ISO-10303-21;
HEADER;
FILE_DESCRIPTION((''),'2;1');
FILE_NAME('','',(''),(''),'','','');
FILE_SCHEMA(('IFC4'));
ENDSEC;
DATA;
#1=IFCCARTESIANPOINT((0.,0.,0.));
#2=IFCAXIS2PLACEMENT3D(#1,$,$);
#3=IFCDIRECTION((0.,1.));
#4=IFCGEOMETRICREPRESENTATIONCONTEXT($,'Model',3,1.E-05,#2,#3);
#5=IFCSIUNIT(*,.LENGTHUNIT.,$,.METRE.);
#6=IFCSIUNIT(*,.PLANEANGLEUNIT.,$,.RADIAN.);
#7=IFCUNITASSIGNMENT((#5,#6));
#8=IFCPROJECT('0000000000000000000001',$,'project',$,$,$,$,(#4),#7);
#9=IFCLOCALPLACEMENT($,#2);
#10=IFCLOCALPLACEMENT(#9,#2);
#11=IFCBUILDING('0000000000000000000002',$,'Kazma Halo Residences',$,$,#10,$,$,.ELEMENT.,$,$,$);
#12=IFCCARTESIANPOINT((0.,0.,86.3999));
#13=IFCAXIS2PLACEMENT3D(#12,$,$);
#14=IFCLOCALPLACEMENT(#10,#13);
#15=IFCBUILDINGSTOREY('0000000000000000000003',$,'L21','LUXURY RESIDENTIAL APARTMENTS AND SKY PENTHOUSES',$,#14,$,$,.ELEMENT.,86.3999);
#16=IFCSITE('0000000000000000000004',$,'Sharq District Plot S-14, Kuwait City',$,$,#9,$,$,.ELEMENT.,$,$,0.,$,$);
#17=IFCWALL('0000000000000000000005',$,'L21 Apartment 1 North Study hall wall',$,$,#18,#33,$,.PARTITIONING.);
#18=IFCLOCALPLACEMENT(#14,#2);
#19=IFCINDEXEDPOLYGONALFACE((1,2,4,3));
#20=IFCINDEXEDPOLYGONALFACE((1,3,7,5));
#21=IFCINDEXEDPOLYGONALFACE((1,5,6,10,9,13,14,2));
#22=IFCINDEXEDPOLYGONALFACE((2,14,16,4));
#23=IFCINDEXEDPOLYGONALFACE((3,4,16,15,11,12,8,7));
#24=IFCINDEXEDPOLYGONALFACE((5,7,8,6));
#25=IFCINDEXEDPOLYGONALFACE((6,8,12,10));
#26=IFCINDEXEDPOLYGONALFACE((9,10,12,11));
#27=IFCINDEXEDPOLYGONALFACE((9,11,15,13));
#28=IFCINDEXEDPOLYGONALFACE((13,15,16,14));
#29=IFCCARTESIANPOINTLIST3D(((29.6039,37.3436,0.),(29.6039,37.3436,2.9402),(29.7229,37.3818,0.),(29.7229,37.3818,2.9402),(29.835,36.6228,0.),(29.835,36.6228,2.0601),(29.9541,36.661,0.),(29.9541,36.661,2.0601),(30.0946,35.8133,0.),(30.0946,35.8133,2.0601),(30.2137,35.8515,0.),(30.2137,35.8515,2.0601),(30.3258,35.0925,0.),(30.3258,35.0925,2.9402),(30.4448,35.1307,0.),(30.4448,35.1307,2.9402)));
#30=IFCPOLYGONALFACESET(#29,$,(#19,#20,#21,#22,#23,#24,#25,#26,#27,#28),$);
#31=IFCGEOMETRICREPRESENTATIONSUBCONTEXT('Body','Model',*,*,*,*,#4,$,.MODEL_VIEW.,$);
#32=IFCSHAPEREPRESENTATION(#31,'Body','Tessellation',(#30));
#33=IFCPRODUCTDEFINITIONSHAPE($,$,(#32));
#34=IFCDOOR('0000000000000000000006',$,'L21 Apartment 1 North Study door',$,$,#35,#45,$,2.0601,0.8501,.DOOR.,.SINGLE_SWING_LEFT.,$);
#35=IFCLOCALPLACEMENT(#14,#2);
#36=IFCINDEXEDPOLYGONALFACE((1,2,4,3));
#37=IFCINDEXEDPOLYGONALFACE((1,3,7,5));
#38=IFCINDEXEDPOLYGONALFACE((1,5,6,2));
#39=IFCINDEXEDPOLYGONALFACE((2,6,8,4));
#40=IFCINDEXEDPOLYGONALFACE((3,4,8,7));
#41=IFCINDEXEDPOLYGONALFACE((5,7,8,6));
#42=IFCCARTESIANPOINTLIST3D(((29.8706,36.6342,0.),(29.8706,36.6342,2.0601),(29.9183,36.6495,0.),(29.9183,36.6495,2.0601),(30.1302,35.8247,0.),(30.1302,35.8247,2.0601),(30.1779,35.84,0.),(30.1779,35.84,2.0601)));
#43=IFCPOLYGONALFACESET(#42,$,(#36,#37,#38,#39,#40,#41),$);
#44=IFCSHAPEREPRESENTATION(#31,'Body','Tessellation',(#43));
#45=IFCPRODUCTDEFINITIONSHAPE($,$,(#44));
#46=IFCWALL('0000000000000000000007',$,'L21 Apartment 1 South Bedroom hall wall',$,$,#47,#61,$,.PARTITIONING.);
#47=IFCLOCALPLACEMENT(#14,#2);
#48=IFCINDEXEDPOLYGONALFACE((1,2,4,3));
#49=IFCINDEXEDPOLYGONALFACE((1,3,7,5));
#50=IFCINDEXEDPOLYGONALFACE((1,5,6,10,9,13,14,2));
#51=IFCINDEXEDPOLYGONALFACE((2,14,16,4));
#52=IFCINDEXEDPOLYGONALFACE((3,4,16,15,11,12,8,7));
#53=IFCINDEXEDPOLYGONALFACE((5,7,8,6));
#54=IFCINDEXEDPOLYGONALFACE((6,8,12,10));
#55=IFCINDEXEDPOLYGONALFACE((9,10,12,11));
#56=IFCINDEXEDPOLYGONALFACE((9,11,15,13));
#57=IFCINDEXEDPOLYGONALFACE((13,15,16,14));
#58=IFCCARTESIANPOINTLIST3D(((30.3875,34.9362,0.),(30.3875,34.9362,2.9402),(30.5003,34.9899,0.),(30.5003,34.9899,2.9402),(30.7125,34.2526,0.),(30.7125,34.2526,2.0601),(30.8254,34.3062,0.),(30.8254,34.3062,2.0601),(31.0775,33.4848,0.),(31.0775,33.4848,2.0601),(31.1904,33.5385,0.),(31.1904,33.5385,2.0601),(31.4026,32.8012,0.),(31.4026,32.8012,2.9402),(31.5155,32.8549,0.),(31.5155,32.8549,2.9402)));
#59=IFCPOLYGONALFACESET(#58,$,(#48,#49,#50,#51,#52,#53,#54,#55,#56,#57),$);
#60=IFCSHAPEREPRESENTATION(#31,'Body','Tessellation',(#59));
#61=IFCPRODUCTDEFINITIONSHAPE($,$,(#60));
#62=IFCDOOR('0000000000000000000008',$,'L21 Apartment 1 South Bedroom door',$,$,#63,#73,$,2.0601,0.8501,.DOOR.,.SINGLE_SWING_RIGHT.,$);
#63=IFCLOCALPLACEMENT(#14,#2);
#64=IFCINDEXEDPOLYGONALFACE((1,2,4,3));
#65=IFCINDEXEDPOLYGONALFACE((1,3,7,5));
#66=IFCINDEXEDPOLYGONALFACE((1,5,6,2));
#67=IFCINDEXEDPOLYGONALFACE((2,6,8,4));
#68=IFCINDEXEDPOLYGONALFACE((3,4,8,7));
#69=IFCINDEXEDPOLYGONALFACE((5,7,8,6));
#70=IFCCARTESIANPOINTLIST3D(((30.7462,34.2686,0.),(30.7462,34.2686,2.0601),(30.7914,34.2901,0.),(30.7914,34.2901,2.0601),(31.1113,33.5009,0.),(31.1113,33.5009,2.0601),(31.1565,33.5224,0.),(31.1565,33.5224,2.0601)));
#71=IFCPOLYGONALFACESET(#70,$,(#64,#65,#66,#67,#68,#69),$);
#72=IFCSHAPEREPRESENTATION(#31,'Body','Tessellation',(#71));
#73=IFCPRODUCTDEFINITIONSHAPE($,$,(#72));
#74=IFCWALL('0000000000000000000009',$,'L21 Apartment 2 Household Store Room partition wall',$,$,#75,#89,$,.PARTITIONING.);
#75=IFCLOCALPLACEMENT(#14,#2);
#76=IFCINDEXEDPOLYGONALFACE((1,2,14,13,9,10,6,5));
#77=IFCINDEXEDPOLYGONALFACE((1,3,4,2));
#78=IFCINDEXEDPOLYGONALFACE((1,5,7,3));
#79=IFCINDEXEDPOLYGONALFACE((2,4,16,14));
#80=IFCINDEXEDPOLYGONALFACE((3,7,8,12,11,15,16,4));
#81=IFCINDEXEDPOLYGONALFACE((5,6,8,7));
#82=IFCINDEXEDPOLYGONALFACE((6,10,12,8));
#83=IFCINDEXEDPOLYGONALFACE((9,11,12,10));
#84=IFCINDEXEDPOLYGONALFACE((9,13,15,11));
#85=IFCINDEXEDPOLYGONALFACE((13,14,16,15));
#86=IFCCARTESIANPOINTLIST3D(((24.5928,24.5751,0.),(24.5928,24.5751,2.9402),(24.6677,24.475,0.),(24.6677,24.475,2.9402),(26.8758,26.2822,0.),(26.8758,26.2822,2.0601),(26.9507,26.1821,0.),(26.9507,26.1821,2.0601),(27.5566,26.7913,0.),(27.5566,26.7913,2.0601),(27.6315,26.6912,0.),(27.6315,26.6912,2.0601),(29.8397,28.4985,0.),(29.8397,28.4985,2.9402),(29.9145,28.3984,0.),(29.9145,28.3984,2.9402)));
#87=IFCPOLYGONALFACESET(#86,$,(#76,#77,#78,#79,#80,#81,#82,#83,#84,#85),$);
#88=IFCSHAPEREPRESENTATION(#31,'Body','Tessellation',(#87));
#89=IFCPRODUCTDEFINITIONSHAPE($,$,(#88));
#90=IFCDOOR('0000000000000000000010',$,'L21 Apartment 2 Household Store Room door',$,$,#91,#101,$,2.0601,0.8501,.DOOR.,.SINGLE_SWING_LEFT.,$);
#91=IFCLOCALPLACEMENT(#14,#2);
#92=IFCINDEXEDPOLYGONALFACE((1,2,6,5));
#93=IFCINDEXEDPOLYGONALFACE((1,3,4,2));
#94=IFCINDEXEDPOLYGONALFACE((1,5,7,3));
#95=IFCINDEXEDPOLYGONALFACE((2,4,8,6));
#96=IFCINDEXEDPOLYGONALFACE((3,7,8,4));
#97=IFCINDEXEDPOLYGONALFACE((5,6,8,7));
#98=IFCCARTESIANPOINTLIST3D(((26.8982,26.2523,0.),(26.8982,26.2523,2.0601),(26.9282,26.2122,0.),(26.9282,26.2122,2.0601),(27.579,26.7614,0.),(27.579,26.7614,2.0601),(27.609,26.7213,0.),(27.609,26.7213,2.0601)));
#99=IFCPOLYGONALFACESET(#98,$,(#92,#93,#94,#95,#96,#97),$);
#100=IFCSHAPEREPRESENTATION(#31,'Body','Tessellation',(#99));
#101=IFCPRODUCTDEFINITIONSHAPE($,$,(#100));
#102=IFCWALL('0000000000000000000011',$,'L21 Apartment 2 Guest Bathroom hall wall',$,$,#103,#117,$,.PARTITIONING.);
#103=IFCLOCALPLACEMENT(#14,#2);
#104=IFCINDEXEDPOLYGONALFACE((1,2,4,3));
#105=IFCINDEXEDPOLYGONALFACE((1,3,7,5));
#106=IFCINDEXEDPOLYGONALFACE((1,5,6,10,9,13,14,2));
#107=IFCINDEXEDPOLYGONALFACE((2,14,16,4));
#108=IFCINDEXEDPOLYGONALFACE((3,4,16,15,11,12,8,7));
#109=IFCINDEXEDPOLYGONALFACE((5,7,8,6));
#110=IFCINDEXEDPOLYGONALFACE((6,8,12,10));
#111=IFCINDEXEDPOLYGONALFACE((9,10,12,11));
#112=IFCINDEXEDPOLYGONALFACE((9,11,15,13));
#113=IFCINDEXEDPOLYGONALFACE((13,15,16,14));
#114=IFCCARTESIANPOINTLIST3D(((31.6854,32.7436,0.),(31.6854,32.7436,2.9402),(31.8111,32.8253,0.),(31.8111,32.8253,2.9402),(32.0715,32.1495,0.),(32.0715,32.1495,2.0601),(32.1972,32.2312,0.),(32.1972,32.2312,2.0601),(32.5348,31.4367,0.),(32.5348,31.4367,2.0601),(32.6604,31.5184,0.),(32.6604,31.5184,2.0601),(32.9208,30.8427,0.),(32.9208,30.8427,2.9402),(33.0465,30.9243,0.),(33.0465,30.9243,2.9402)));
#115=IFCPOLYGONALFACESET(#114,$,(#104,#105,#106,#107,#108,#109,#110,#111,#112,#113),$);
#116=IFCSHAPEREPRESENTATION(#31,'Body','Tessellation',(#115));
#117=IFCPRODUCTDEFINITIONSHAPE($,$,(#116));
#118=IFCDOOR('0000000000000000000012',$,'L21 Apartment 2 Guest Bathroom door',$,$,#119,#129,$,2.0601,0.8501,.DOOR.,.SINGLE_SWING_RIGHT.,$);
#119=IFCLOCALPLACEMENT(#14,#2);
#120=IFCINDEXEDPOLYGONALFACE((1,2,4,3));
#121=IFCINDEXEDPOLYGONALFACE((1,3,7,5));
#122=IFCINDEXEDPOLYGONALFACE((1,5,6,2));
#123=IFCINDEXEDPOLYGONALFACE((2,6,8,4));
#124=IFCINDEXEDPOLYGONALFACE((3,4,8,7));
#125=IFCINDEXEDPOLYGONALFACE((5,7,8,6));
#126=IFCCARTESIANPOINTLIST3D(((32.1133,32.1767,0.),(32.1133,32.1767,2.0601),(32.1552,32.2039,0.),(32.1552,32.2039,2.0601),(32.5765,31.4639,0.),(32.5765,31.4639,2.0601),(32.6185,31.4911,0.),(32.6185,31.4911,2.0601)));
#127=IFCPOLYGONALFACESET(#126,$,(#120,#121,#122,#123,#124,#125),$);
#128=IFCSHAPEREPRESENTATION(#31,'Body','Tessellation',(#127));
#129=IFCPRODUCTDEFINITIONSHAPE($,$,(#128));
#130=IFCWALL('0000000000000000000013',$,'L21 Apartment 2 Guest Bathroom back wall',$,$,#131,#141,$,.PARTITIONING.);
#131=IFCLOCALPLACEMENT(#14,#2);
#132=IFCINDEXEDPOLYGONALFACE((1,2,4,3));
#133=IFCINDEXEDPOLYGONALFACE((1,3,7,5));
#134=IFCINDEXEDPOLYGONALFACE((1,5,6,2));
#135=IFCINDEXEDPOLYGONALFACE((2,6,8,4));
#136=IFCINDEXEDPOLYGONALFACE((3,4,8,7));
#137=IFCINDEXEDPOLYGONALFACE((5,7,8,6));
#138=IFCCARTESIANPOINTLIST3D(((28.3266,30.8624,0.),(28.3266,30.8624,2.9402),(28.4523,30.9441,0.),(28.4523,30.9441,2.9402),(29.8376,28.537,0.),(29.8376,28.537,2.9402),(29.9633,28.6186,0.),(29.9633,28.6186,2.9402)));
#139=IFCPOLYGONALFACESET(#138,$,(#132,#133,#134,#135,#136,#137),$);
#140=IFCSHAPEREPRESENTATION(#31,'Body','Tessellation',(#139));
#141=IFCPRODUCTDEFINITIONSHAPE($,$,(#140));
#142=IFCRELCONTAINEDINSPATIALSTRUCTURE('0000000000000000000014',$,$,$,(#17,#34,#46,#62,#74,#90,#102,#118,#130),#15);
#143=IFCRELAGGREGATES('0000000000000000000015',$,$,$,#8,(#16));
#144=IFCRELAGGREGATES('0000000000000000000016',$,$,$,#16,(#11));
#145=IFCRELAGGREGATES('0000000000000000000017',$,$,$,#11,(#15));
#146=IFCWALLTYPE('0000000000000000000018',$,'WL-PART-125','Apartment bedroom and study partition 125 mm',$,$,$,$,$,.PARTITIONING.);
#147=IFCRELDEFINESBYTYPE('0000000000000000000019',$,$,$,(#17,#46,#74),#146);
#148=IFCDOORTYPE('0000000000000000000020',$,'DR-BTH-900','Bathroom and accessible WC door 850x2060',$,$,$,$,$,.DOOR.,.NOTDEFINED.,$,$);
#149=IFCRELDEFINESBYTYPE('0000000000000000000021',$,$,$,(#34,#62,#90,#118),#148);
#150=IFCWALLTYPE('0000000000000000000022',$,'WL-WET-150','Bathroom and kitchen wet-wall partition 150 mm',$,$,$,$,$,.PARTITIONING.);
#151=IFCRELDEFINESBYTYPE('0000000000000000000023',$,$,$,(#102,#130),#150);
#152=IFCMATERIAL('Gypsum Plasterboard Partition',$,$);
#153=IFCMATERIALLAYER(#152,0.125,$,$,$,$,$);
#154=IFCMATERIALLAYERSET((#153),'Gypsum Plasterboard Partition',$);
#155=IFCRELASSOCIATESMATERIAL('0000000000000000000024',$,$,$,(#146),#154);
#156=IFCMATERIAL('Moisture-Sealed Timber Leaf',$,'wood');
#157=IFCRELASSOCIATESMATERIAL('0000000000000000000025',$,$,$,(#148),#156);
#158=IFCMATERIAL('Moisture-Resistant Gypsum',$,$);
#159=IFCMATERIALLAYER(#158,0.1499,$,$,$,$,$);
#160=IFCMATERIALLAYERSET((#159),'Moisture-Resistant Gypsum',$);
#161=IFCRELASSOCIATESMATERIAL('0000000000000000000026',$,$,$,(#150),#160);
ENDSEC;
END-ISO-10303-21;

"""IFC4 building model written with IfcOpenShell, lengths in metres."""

from ifc_helpers import new_model, si_unit, direction, frame, frame_2d, origin, place, context, subcontext, project, spatial, rectangle, extrude, material, layer, layer_set, type_object, element, fill, save


model = new_model("IFC4")

# Units and contexts
model_context = context("Model", 3, precision=1e-05, world=origin(), true_north=direction((0.0, 1.0)))
body_context = subcontext(model_context, "Body", "Model", "MODEL_VIEW")
ifc_project = project(units=[si_unit("LENGTHUNIT", "METRE"), si_unit("PLANEANGLEUNIT", "RADIAN")], contexts=[model_context])

# Site, building, storey
site_placement = place(None, origin())
site = spatial("IfcSite", under=ifc_project, at=site_placement, Name="Sharq District Plot S-14, Kuwait City", CompositionType="ELEMENT", RefElevation=0.0)
building_placement = place(site_placement, origin())
building = spatial("IfcBuilding", under=site, at=building_placement, Name="Kazma Halo Residences", CompositionType="ELEMENT")
storey_placement = place(building_placement, frame((0.0, 0.0, 86.3999)))
storey = spatial("IfcBuildingStorey", under=building, at=storey_placement, Name="L21", Description="LUXURY RESIDENTIAL APARTMENTS AND SKY PENTHOUSES", CompositionType="ELEMENT", Elevation=86.3999)

# Shared definitions
ifc_material_1 = material(Name="Gypsum Plasterboard Partition")
ifc_layer_1 = layer(ifc_material_1, 0.125)
ifc_layer_set_1 = layer_set([ifc_layer_1], Name="Gypsum Plasterboard Partition")
wall_type_1 = type_object("IfcWallType", Name="WL-PART-125", Description="Apartment bedroom and study partition 125 mm", PredefinedType="PARTITIONING", material=ifc_layer_set_1)

# Walls, openings, doors
ifc_material_2 = material(Name="Moisture-Sealed Timber Leaf", Category="wood")
door_type = type_object("IfcDoorType", Name="DR-BTH-900", Description="Bathroom and accessible WC door 850x2060", OperationType="NOTDEFINED", PredefinedType="DOOR", material=ifc_material_2)
wall_1_placement = place(storey_placement, frame((29.6633, 37.3628, 0.0), z_axis=(0.0, 0.0, 1.0), x_axis=(0.305394, -0.952226, 0.0)))
wall_1 = element("IfcWall", 1, at=wall_1_placement, inside=storey, type_object=wall_type_1, Name="L21 Apartment 1 North Study hall wall", PredefinedType="PARTITIONING", context=body_context, shape_type="SweptSolid", body=[
    extrude(rectangle(XDim=2.364, YDim=0.125, at=frame_2d((1.1821, 0.0))), origin(), (0.0, 0.0, 1.0), 2.9402),
])
opening_1_placement = place(wall_1_placement, frame((0.7571, 0.0, 0.0)))
opening_1 = element("IfcOpeningElement", 2, at=opening_1_placement, cuts=wall_1, PredefinedType="OPENING", context=body_context, shape_type="SweptSolid", body=[
    extrude(rectangle(XDim=0.8501, YDim=2.0601, at=frame_2d((0.425, 1.03))), frame((0.0, 0.0725, 0.0), z_axis=(0.0, -1.0, 0.0), x_axis=(1.0, 0.0, 0.0)), (0.0, 0.0, 1.0), 0.145),
])
door_1_placement = place(opening_1_placement, origin())
door_1 = element("IfcDoor", 3, at=door_1_placement, inside=storey, type_object=door_type, Name="L21 Apartment 1 North Study door", OperationType="SINGLE_SWING_LEFT", OverallHeight=2.0601, OverallWidth=0.8501, PredefinedType="DOOR", context=body_context, shape_type="SweptSolid", body=[
    extrude(rectangle(XDim=0.8501, YDim=2.0601, at=frame_2d((0.425, 1.03))), frame((0.0, 0.0249, 0.0), z_axis=(0.0, -1.0, 0.0), x_axis=(1.0, 0.0, 0.0)), (0.0, 0.0, 1.0), 0.05),
])
fill(opening_1, door_1)
wall_2_placement = place(storey_placement, frame((30.4438, 34.9631, 0.0), z_axis=(0.0, 0.0, 1.0), x_axis=(0.429404, -0.903112, 0.0)))
wall_2 = element("IfcWall", 4, at=wall_2_placement, inside=storey, type_object=wall_type_1, Name="L21 Apartment 1 South Bedroom hall wall", PredefinedType="PARTITIONING", context=body_context, shape_type="SweptSolid", body=[
    extrude(rectangle(XDim=2.364, YDim=0.125, at=frame_2d((1.1821, 0.0))), origin(), (0.0, 0.0, 1.0), 2.9402),
])
opening_2_placement = place(wall_2_placement, frame((0.7571, 0.0, 0.0)))
opening_2 = element("IfcOpeningElement", 5, at=opening_2_placement, cuts=wall_2, PredefinedType="OPENING", context=body_context, shape_type="SweptSolid", body=[
    extrude(rectangle(XDim=0.8501, YDim=2.0601, at=frame_2d((0.425, 1.03))), frame((0.0, 0.0725, 0.0), z_axis=(0.0, -1.0, 0.0), x_axis=(1.0, 0.0, 0.0)), (0.0, 0.0, 1.0), 0.145),
])
door_2_placement = place(opening_2_placement, origin())
door_2 = element("IfcDoor", 6, at=door_2_placement, inside=storey, type_object=door_type, Name="L21 Apartment 1 South Bedroom door", OperationType="SINGLE_SWING_RIGHT", OverallHeight=2.0601, OverallWidth=0.8501, PredefinedType="DOOR", context=body_context, shape_type="SweptSolid", body=[
    extrude(rectangle(XDim=0.8501, YDim=2.0601, at=frame_2d((0.425, 1.03))), frame((0.0, 0.0249, 0.0), z_axis=(0.0, -1.0, 0.0), x_axis=(1.0, 0.0, 0.0)), (0.0, 0.0, 1.0), 0.05),
])
fill(opening_2, door_2)
wall_3_placement = place(storey_placement, frame((29.8772, 28.4485, 0.0), z_axis=(0.0, 0.0, 1.0), x_axis=(-0.800862, -0.598849, 0.0)))
wall_3 = element("IfcWall", 7, at=wall_3_placement, inside=storey, type_object=wall_type_1, Name="L21 Apartment 2 Household Store Room partition wall", PredefinedType="PARTITIONING", context=body_context, shape_type="SweptSolid", body=[
    extrude(rectangle(XDim=6.5515, YDim=0.125, at=frame_2d((3.2759, 0.0))), origin(), (0.0, 0.0, 1.0), 2.9402),
])
opening_3_placement = place(wall_3_placement, frame((2.8508, 0.0, 0.0)))
opening_3 = element("IfcOpeningElement", 8, at=opening_3_placement, cuts=wall_3, PredefinedType="OPENING", context=body_context, shape_type="SweptSolid", body=[
    extrude(rectangle(XDim=0.8501, YDim=2.0601, at=frame_2d((0.425, 1.03))), frame((0.0, 0.0725, 0.0), z_axis=(0.0, -1.0, 0.0), x_axis=(1.0, 0.0, 0.0)), (0.0, 0.0, 1.0), 0.145),
])
door_3_placement = place(opening_3_placement, origin())
door_3 = element("IfcDoor", 9, at=door_3_placement, inside=storey, type_object=door_type, Name="L21 Apartment 2 Household Store Room door", OperationType="SINGLE_SWING_LEFT", OverallHeight=2.0601, OverallWidth=0.8501, PredefinedType="DOOR", context=body_context, shape_type="SweptSolid", body=[
    extrude(rectangle(XDim=0.8501, YDim=2.0601, at=frame_2d((0.425, 1.03))), frame((0.0, 0.0249, 0.0), z_axis=(0.0, -1.0, 0.0), x_axis=(1.0, 0.0, 0.0)), (0.0, 0.0, 1.0), 0.05),
])
fill(opening_3, door_3)
ifc_material_3 = material(Name="Moisture-Resistant Gypsum")
ifc_layer_2 = layer(ifc_material_3, 0.1499)
ifc_layer_set_2 = layer_set([ifc_layer_2], Name="Moisture-Resistant Gypsum")
wall_type_2 = type_object("IfcWallType", Name="WL-WET-150", Description="Bathroom and kitchen wet-wall partition 150 mm", PredefinedType="PARTITIONING", material=ifc_layer_set_2)
wall_4_placement = place(storey_placement, frame((31.7483, 32.7844, 0.0), z_axis=(0.0, 0.0, 1.0), x_axis=(0.54492, -0.838488, 0.0)))
wall_4 = element("IfcWall", 10, at=wall_4_placement, inside=storey, type_object=wall_type_2, Name="L21 Apartment 2 Guest Bathroom hall wall", PredefinedType="PARTITIONING", context=body_context, shape_type="SweptSolid", body=[
    extrude(rectangle(XDim=2.2671, YDim=0.1499, at=frame_2d((1.1335, 0.0))), origin(), (0.0, 0.0, 1.0), 2.9402),
])
opening_4_placement = place(wall_4_placement, frame((0.7085, 0.0, 0.0)))
opening_4 = element("IfcOpeningElement", 11, at=opening_4_placement, cuts=wall_4, PredefinedType="OPENING", context=body_context, shape_type="SweptSolid", body=[
    extrude(rectangle(XDim=0.8501, YDim=2.0601, at=frame_2d((0.425, 1.03))), frame((0.0, 0.085, 0.0), z_axis=(0.0, -1.0, 0.0), x_axis=(1.0, 0.0, 0.0)), (0.0, 0.0, 1.0), 0.1699),
])
door_4_placement = place(opening_4_placement, origin())
door_4 = element("IfcDoor", 12, at=door_4_placement, inside=storey, type_object=door_type, Name="L21 Apartment 2 Guest Bathroom door", OperationType="SINGLE_SWING_RIGHT", OverallHeight=2.0601, OverallWidth=0.8501, PredefinedType="DOOR", context=body_context, shape_type="SweptSolid", body=[
    extrude(rectangle(XDim=0.8501, YDim=2.0601, at=frame_2d((0.425, 1.03))), frame((0.0, 0.0249, 0.0), z_axis=(0.0, -1.0, 0.0), x_axis=(1.0, 0.0, 0.0)), (0.0, 0.0, 1.0), 0.05),
])
fill(opening_4, door_4)

# Wall
wall_5_placement = place(storey_placement, frame((28.3894, 30.9033, 0.0), z_axis=(0.0, 0.0, 1.0), x_axis=(0.544849, -0.838534, 0.0)))
element("IfcWall", 13, at=wall_5_placement, inside=storey, type_object=wall_type_2, Name="L21 Apartment 2 Guest Bathroom back wall", PredefinedType="PARTITIONING", context=body_context, shape_type="SweptSolid", body=[
    extrude(rectangle(XDim=2.7732, YDim=0.1499, at=frame_2d((1.3867, 0.0))), origin(), (0.0, 0.0, 1.0), 2.9402),
])

save(model, "model.ifc")
